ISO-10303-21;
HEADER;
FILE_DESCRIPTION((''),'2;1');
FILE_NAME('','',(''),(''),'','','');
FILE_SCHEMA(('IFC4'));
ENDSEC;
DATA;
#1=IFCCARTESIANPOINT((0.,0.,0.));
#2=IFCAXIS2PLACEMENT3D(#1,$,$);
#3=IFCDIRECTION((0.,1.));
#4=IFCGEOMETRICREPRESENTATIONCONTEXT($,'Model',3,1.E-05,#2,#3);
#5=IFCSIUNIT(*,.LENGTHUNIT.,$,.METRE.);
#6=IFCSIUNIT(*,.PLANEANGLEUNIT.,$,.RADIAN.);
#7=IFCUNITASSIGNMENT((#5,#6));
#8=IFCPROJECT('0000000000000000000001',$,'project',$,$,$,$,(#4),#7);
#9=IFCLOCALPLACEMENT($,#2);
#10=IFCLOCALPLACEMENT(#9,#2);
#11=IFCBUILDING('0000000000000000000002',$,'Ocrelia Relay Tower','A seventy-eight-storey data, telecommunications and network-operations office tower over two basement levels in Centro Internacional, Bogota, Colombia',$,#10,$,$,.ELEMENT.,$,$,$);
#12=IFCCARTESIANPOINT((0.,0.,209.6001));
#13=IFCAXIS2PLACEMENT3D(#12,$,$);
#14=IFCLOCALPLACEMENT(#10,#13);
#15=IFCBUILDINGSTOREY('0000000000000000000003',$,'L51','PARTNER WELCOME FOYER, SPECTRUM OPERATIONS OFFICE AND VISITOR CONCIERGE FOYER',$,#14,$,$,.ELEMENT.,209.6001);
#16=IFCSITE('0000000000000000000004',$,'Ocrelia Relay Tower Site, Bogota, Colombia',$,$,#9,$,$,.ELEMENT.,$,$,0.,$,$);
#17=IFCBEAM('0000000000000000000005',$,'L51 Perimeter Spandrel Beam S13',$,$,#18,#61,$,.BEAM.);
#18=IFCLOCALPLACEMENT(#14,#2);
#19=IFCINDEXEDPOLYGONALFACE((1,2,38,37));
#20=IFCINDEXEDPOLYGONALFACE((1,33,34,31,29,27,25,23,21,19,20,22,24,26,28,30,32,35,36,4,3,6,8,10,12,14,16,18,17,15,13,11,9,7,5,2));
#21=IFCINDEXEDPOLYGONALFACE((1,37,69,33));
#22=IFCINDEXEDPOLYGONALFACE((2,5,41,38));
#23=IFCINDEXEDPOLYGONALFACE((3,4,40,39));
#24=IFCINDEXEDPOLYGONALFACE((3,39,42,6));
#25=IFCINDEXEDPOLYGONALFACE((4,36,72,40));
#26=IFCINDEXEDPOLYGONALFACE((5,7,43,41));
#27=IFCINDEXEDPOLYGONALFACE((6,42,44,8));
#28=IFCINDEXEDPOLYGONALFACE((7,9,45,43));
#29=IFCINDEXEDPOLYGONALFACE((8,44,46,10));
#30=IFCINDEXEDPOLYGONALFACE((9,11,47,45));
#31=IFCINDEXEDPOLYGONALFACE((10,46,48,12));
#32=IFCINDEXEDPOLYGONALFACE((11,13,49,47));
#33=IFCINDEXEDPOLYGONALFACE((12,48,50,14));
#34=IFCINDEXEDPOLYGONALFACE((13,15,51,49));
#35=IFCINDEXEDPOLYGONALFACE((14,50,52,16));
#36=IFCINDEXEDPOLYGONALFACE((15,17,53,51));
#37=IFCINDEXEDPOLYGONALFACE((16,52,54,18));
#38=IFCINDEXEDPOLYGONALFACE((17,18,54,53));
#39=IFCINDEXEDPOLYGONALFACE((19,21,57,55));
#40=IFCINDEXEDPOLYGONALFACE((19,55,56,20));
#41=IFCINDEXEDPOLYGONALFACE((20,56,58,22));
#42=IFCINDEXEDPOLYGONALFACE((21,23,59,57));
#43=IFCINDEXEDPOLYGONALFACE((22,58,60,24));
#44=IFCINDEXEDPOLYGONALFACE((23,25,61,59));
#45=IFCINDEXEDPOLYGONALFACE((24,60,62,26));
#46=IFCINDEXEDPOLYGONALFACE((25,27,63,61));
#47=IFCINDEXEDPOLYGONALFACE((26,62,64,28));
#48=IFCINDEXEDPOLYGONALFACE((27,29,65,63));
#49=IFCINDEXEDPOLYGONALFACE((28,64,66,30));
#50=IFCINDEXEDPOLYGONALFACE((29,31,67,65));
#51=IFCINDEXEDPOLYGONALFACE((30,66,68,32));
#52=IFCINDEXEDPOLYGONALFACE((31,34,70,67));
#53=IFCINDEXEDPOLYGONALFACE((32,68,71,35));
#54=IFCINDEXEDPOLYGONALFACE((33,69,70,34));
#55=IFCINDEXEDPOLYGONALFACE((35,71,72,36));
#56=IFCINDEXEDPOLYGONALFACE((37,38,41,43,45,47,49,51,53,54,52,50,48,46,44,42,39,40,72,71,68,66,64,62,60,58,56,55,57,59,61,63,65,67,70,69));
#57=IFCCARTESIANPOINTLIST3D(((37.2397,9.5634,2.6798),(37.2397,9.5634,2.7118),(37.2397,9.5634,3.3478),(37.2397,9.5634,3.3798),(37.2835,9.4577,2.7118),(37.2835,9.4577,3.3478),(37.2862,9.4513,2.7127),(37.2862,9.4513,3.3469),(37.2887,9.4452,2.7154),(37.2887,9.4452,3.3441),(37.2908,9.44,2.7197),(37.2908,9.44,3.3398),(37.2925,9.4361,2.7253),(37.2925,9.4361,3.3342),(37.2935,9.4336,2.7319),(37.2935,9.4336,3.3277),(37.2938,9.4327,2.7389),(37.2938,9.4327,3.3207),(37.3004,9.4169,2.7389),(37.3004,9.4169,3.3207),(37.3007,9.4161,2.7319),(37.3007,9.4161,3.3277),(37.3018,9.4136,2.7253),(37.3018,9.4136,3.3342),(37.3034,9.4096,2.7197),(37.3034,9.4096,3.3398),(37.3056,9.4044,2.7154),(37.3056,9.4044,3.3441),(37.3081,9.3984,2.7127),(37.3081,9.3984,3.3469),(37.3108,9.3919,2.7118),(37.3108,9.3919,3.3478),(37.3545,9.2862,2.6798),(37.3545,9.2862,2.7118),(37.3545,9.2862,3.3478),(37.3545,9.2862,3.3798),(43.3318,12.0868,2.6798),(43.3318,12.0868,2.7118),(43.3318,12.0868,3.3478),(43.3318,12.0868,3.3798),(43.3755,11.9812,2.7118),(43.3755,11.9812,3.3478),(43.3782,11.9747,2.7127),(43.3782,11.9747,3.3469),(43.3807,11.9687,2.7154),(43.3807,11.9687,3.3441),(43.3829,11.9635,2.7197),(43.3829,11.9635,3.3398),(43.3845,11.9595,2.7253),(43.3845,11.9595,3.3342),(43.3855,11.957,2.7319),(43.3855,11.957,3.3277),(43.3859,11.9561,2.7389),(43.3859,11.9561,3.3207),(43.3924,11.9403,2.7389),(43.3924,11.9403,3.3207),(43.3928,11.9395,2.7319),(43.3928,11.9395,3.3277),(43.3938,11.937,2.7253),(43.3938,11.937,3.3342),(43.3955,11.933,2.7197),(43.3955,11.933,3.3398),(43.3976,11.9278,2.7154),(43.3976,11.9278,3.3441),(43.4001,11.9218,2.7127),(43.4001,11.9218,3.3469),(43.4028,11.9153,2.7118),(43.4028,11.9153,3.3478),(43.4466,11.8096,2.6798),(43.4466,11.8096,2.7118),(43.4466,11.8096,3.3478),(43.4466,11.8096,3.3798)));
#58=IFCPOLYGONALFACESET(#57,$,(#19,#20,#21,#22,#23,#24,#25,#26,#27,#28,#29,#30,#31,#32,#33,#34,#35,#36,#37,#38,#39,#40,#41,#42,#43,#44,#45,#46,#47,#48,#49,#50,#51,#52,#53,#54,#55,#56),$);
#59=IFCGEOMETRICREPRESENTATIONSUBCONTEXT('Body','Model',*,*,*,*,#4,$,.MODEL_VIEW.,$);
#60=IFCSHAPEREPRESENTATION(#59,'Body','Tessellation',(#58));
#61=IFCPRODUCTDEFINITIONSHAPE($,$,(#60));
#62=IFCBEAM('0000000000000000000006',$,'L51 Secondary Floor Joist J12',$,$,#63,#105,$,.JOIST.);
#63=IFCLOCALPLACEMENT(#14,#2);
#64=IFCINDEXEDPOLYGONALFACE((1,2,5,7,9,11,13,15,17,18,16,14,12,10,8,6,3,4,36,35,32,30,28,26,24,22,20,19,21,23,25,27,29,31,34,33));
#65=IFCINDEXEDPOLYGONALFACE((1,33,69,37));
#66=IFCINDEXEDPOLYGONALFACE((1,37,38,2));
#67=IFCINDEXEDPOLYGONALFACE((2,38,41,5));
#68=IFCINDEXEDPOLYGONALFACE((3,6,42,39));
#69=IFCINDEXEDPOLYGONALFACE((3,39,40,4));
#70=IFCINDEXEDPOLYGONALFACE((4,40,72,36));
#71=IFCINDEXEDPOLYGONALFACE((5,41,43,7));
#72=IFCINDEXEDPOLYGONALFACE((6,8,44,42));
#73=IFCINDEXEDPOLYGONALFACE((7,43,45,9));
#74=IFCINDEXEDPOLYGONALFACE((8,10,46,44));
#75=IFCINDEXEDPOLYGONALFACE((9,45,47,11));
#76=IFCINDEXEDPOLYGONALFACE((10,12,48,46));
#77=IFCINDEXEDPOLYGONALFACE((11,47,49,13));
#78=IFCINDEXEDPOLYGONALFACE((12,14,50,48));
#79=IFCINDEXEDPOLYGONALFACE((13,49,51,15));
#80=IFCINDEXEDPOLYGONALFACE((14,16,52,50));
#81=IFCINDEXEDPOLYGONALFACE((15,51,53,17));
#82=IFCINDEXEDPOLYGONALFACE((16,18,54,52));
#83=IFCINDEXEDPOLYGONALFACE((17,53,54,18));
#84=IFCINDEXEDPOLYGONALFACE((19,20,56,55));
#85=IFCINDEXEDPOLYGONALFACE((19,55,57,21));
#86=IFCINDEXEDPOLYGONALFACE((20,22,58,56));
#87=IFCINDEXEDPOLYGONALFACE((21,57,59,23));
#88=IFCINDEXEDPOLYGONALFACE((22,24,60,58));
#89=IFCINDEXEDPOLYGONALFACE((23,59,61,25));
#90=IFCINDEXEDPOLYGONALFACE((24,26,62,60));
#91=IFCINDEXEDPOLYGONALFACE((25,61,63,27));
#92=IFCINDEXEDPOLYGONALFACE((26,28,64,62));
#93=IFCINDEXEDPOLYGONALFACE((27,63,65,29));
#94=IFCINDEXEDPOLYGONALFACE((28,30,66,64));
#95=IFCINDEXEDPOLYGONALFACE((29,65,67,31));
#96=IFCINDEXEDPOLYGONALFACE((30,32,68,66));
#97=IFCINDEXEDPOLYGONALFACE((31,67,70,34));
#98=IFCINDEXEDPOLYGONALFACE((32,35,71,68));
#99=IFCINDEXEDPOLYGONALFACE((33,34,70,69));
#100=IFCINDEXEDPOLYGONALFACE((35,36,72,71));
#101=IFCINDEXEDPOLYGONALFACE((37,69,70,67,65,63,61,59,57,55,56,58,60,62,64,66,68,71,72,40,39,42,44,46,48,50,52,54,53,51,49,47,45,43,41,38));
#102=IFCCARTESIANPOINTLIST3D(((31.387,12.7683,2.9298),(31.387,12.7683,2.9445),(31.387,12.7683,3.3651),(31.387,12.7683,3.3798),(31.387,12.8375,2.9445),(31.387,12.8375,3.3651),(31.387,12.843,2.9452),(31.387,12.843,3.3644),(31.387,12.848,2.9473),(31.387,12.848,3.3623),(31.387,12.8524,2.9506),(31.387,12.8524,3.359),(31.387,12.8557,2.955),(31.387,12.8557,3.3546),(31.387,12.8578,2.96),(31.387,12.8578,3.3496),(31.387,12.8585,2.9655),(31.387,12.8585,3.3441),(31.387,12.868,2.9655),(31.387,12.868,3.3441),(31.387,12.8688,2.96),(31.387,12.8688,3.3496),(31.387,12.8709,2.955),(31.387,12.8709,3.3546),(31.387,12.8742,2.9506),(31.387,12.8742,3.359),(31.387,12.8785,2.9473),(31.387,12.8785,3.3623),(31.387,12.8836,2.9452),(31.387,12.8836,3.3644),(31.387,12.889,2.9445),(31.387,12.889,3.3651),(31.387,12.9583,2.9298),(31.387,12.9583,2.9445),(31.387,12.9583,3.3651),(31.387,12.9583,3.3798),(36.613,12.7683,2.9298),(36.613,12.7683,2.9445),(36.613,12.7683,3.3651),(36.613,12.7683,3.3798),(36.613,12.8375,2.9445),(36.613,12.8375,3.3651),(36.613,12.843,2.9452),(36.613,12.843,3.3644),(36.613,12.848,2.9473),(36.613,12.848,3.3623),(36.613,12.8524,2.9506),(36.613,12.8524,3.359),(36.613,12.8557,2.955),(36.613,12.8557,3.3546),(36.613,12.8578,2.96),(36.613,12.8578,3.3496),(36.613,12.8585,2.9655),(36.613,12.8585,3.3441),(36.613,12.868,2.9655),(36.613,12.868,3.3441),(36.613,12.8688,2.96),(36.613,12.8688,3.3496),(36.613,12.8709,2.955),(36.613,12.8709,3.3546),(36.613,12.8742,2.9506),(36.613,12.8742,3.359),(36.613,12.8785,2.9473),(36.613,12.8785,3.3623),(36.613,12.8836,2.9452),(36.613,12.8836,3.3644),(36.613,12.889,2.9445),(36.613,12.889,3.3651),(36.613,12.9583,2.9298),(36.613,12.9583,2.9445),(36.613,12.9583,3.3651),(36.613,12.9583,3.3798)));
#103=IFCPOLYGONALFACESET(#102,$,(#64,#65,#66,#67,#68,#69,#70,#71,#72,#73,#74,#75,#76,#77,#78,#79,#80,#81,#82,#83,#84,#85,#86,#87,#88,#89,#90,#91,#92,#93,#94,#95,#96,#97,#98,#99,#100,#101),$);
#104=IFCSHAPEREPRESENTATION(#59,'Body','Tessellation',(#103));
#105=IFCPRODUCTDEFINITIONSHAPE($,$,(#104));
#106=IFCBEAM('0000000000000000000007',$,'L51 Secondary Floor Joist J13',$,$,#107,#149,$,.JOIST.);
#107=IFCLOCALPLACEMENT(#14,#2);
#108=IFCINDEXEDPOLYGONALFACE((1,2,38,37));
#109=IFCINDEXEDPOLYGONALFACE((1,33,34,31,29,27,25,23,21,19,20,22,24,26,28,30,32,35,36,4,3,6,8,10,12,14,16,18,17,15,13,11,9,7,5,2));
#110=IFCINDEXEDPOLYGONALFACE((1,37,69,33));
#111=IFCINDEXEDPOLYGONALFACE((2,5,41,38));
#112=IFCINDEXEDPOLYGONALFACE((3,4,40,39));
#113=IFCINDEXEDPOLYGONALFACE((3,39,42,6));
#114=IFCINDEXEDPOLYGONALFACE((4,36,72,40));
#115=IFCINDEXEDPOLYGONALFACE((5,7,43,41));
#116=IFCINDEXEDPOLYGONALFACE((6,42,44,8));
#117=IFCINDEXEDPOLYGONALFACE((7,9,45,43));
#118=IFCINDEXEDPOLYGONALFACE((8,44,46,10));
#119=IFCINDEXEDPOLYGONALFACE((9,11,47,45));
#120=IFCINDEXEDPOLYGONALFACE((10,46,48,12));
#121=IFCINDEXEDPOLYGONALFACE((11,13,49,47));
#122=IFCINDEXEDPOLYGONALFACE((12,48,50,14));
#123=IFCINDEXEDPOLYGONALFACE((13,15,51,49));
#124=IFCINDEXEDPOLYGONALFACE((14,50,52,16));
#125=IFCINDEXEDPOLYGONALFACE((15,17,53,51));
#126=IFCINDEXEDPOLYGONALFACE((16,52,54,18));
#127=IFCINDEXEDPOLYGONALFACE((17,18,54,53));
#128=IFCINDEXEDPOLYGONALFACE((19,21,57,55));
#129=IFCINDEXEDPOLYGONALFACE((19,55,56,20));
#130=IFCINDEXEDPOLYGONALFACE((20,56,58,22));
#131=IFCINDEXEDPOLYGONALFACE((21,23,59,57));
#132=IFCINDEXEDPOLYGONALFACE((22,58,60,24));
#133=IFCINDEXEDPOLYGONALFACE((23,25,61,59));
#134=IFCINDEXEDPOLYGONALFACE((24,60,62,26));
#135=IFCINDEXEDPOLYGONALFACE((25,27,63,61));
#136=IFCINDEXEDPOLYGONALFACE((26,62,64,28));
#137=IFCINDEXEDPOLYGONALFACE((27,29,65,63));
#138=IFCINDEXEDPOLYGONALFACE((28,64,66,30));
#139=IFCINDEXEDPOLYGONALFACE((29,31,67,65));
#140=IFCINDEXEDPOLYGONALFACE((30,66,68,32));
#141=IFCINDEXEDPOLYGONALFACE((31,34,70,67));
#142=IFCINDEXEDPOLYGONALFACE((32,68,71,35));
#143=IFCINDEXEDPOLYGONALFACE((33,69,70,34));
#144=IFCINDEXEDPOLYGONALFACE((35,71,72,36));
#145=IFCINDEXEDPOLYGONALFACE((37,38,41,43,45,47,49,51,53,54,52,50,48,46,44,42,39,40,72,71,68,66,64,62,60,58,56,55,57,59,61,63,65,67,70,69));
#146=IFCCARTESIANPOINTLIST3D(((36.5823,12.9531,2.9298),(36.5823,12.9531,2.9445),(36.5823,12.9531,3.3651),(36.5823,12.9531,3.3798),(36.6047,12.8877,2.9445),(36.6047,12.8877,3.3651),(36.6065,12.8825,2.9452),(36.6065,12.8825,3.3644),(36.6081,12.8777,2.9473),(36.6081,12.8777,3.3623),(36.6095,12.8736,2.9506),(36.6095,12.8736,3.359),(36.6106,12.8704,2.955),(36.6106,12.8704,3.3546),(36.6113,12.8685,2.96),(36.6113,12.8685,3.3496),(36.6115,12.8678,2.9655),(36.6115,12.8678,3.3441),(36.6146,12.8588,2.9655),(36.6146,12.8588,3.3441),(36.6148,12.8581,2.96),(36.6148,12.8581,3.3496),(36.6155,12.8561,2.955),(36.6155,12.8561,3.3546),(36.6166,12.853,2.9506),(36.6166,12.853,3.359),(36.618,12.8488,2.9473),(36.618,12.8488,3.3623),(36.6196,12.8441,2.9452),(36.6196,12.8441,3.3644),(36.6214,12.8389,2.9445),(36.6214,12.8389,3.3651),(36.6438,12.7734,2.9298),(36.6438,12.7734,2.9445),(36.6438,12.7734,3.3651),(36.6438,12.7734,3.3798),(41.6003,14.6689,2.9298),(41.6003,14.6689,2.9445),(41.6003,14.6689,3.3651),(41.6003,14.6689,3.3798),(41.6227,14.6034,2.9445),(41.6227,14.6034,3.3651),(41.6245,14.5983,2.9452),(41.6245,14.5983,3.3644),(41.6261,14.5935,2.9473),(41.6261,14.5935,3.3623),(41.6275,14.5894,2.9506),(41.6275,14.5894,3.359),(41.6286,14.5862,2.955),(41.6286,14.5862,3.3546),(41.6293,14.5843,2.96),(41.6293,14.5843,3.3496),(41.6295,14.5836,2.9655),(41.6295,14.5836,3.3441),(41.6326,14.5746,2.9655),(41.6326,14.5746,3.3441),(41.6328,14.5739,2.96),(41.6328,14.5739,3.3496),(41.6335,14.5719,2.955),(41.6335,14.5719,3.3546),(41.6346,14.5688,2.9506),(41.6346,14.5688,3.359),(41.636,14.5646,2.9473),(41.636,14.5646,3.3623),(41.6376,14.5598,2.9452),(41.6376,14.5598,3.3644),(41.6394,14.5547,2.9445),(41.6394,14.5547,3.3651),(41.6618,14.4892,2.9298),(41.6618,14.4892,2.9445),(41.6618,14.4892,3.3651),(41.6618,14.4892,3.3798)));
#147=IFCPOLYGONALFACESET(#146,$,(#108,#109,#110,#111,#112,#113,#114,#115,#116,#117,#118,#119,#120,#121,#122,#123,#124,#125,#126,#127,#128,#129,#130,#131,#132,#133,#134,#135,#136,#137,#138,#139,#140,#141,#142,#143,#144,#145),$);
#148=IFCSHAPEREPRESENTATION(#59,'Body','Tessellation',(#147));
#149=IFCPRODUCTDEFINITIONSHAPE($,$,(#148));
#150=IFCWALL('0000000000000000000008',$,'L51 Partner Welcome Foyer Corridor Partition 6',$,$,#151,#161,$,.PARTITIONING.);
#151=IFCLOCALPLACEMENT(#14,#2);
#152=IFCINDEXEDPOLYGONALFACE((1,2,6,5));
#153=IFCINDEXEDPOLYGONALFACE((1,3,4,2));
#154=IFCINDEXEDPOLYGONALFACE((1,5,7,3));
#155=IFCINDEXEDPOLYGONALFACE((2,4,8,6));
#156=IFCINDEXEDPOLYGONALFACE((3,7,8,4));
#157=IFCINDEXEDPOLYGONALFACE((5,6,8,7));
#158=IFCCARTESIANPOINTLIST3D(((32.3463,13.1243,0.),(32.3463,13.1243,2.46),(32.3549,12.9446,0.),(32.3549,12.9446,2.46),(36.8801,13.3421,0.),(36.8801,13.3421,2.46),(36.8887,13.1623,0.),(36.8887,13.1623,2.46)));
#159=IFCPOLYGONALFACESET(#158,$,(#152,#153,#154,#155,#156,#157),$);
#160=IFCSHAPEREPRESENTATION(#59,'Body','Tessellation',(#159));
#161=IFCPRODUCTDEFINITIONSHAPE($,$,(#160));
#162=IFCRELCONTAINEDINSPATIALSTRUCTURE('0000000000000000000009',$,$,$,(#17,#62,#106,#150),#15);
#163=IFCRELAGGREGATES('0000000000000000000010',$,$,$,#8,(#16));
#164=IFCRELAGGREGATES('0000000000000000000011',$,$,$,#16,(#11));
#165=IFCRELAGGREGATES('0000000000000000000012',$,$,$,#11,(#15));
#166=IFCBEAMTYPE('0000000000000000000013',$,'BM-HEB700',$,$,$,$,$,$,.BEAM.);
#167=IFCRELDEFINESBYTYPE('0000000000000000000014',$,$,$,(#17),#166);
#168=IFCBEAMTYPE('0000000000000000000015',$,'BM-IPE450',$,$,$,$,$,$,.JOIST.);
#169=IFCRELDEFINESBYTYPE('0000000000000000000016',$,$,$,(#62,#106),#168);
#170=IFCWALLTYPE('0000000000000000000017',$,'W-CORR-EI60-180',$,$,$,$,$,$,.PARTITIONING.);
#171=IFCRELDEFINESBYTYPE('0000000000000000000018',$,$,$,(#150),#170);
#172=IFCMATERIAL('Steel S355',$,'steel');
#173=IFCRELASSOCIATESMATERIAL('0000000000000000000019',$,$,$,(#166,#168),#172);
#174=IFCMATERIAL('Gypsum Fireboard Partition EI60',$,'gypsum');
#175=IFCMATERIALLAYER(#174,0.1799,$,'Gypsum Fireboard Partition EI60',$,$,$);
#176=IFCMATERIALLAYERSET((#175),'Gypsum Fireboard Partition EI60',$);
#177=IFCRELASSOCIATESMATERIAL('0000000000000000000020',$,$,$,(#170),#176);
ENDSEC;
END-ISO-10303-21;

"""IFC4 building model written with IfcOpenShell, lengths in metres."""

from ifc_helpers import new_model, si_unit, direction, frame, frame_2d, origin, origin_2d, place, context, subcontext, project, spatial, rectangle, i_section, extrude, material, layer, layer_set, material_profile, profile_set, type_object, element, save


model = new_model("IFC4")

# Units and contexts
model_context = context("Model", 3, precision=1e-05, world=origin(), true_north=direction((0.0, 1.0)))
body_context = subcontext(model_context, "Body", "Model", "MODEL_VIEW")
ifc_project = project(units=[si_unit("LENGTHUNIT", "METRE"), si_unit("PLANEANGLEUNIT", "RADIAN")], contexts=[model_context])

# Site, building, storey
site_placement = place(None, origin())
site = spatial("IfcSite", under=ifc_project, at=site_placement, Name="Ocrelia Relay Tower Site, Bogota, Colombia", CompositionType="ELEMENT", RefElevation=0.0)
building_placement = place(site_placement, origin())
building = spatial("IfcBuilding", under=site, at=building_placement, Name="Ocrelia Relay Tower", Description="A seventy-eight-storey data, telecommunications and network-operations office tower over two basement levels in Centro Internacional, Bogota, Colombia", CompositionType="ELEMENT")
storey_placement = place(building_placement, frame((0.0, 0.0, 209.6001)))
storey = spatial("IfcBuildingStorey", under=building, at=storey_placement, Name="L51", Description="PARTNER WELCOME FOYER, SPECTRUM OPERATIONS OFFICE AND VISITOR CONCIERGE FOYER", CompositionType="ELEMENT", Elevation=209.6001)

# Beams
ifc_material_1 = material(Name="Steel S355", Category="steel")
ifc_material_profile_1 = material_profile(ifc_material_1, i_section(OverallWidth=0.3, OverallDepth=0.7, WebThickness=0.0171, FlangeThickness=0.032, FilletRadius=0.0271, at=origin_2d()), Name="HEB 700")
ifc_profile_set_1 = profile_set([ifc_material_profile_1], Name="Steel S355")
beam_type_1 = type_object("IfcBeamType", Name="BM-HEB700", PredefinedType="BEAM", material=ifc_profile_set_1)
beam_1_placement = place(storey_placement, frame((37.2971, 9.4248, 3.0298), z_axis=(0.923878, 0.382688, 0.0), x_axis=(-0.382688, 0.923878, 0.0)))
element("IfcBeam", 1, at=beam_1_placement, inside=storey, type_object=beam_type_1, Name="L51 Perimeter Spandrel Beam S13", PredefinedType="BEAM", context=body_context, shape_type="SweptSolid", body=[
    extrude(i_section(OverallWidth=0.3, OverallDepth=0.7, WebThickness=0.0171, FlangeThickness=0.032, FilletRadius=0.0271, at=origin_2d()), origin(), (0.0, 0.0, 1.0), 6.594),
])
ifc_material_profile_2 = material_profile(ifc_material_1, i_section(OverallWidth=0.1899, OverallDepth=0.45, WebThickness=0.0095, FlangeThickness=0.0146, FilletRadius=0.021, at=origin_2d()), Name="IPE 450")
ifc_profile_set_2 = profile_set([ifc_material_profile_2], Name="Steel S355")
beam_type_2 = type_object("IfcBeamType", Name="BM-IPE450", PredefinedType="JOIST", material=ifc_profile_set_2)
beam_2_placement = place(storey_placement, frame((31.387, 12.8633, 3.1548), z_axis=(1.0, 0.0, 0.0), x_axis=(0.0, 1.0, 0.0)))
element("IfcBeam", 2, at=beam_2_placement, inside=storey, type_object=beam_type_2, Name="L51 Secondary Floor Joist J12", PredefinedType="JOIST", context=body_context, shape_type="SweptSolid", body=[
    extrude(i_section(OverallWidth=0.1899, OverallDepth=0.45, WebThickness=0.0095, FlangeThickness=0.0146, FilletRadius=0.021, at=origin_2d()), origin(), (0.0, 0.0, 1.0), 5.2261),
])
beam_3_placement = place(storey_placement, frame((36.613, 12.8633, 3.1548), z_axis=(0.946215, 0.323538, 0.0), x_axis=(-0.323538, 0.946215, 0.0)))
element("IfcBeam", 3, at=beam_3_placement, inside=storey, type_object=beam_type_2, Name="L51 Secondary Floor Joist J13", PredefinedType="JOIST", context=body_context, shape_type="SweptSolid", body=[
    extrude(i_section(OverallWidth=0.1899, OverallDepth=0.45, WebThickness=0.0095, FlangeThickness=0.0146, FilletRadius=0.021, at=origin_2d()), origin(), (0.0, 0.0, 1.0), 5.3032),
])

# Wall
ifc_material_2 = material(Name="Gypsum Fireboard Partition EI60", Category="gypsum")
ifc_layer_1 = layer(ifc_material_2, 0.1799, Name="Gypsum Fireboard Partition EI60")
ifc_layer_set_1 = layer_set([ifc_layer_1], Name="Gypsum Fireboard Partition EI60")
wall_type_1 = type_object("IfcWallType", Name="W-CORR-EI60-180", PredefinedType="PARTITIONING", material=ifc_layer_set_1)
wall_1_placement = place(storey_placement, frame((32.3506, 13.0344, 0.0), z_axis=(0.0, 0.0, 1.0), x_axis=(0.998848, 0.047977, 0.0)))
element("IfcWall", 4, at=wall_1_placement, inside=storey, type_object=wall_type_1, Name="L51 Partner Welcome Foyer Corridor Partition 6", PredefinedType="PARTITIONING", context=body_context, shape_type="SweptSolid", body=[
    extrude(rectangle(XDim=4.5391, YDim=0.1799, at=frame_2d((2.2695, 0.0))), origin(), (0.0, 0.0, 1.0), 2.46),
])

save(model, "model.ifc")
